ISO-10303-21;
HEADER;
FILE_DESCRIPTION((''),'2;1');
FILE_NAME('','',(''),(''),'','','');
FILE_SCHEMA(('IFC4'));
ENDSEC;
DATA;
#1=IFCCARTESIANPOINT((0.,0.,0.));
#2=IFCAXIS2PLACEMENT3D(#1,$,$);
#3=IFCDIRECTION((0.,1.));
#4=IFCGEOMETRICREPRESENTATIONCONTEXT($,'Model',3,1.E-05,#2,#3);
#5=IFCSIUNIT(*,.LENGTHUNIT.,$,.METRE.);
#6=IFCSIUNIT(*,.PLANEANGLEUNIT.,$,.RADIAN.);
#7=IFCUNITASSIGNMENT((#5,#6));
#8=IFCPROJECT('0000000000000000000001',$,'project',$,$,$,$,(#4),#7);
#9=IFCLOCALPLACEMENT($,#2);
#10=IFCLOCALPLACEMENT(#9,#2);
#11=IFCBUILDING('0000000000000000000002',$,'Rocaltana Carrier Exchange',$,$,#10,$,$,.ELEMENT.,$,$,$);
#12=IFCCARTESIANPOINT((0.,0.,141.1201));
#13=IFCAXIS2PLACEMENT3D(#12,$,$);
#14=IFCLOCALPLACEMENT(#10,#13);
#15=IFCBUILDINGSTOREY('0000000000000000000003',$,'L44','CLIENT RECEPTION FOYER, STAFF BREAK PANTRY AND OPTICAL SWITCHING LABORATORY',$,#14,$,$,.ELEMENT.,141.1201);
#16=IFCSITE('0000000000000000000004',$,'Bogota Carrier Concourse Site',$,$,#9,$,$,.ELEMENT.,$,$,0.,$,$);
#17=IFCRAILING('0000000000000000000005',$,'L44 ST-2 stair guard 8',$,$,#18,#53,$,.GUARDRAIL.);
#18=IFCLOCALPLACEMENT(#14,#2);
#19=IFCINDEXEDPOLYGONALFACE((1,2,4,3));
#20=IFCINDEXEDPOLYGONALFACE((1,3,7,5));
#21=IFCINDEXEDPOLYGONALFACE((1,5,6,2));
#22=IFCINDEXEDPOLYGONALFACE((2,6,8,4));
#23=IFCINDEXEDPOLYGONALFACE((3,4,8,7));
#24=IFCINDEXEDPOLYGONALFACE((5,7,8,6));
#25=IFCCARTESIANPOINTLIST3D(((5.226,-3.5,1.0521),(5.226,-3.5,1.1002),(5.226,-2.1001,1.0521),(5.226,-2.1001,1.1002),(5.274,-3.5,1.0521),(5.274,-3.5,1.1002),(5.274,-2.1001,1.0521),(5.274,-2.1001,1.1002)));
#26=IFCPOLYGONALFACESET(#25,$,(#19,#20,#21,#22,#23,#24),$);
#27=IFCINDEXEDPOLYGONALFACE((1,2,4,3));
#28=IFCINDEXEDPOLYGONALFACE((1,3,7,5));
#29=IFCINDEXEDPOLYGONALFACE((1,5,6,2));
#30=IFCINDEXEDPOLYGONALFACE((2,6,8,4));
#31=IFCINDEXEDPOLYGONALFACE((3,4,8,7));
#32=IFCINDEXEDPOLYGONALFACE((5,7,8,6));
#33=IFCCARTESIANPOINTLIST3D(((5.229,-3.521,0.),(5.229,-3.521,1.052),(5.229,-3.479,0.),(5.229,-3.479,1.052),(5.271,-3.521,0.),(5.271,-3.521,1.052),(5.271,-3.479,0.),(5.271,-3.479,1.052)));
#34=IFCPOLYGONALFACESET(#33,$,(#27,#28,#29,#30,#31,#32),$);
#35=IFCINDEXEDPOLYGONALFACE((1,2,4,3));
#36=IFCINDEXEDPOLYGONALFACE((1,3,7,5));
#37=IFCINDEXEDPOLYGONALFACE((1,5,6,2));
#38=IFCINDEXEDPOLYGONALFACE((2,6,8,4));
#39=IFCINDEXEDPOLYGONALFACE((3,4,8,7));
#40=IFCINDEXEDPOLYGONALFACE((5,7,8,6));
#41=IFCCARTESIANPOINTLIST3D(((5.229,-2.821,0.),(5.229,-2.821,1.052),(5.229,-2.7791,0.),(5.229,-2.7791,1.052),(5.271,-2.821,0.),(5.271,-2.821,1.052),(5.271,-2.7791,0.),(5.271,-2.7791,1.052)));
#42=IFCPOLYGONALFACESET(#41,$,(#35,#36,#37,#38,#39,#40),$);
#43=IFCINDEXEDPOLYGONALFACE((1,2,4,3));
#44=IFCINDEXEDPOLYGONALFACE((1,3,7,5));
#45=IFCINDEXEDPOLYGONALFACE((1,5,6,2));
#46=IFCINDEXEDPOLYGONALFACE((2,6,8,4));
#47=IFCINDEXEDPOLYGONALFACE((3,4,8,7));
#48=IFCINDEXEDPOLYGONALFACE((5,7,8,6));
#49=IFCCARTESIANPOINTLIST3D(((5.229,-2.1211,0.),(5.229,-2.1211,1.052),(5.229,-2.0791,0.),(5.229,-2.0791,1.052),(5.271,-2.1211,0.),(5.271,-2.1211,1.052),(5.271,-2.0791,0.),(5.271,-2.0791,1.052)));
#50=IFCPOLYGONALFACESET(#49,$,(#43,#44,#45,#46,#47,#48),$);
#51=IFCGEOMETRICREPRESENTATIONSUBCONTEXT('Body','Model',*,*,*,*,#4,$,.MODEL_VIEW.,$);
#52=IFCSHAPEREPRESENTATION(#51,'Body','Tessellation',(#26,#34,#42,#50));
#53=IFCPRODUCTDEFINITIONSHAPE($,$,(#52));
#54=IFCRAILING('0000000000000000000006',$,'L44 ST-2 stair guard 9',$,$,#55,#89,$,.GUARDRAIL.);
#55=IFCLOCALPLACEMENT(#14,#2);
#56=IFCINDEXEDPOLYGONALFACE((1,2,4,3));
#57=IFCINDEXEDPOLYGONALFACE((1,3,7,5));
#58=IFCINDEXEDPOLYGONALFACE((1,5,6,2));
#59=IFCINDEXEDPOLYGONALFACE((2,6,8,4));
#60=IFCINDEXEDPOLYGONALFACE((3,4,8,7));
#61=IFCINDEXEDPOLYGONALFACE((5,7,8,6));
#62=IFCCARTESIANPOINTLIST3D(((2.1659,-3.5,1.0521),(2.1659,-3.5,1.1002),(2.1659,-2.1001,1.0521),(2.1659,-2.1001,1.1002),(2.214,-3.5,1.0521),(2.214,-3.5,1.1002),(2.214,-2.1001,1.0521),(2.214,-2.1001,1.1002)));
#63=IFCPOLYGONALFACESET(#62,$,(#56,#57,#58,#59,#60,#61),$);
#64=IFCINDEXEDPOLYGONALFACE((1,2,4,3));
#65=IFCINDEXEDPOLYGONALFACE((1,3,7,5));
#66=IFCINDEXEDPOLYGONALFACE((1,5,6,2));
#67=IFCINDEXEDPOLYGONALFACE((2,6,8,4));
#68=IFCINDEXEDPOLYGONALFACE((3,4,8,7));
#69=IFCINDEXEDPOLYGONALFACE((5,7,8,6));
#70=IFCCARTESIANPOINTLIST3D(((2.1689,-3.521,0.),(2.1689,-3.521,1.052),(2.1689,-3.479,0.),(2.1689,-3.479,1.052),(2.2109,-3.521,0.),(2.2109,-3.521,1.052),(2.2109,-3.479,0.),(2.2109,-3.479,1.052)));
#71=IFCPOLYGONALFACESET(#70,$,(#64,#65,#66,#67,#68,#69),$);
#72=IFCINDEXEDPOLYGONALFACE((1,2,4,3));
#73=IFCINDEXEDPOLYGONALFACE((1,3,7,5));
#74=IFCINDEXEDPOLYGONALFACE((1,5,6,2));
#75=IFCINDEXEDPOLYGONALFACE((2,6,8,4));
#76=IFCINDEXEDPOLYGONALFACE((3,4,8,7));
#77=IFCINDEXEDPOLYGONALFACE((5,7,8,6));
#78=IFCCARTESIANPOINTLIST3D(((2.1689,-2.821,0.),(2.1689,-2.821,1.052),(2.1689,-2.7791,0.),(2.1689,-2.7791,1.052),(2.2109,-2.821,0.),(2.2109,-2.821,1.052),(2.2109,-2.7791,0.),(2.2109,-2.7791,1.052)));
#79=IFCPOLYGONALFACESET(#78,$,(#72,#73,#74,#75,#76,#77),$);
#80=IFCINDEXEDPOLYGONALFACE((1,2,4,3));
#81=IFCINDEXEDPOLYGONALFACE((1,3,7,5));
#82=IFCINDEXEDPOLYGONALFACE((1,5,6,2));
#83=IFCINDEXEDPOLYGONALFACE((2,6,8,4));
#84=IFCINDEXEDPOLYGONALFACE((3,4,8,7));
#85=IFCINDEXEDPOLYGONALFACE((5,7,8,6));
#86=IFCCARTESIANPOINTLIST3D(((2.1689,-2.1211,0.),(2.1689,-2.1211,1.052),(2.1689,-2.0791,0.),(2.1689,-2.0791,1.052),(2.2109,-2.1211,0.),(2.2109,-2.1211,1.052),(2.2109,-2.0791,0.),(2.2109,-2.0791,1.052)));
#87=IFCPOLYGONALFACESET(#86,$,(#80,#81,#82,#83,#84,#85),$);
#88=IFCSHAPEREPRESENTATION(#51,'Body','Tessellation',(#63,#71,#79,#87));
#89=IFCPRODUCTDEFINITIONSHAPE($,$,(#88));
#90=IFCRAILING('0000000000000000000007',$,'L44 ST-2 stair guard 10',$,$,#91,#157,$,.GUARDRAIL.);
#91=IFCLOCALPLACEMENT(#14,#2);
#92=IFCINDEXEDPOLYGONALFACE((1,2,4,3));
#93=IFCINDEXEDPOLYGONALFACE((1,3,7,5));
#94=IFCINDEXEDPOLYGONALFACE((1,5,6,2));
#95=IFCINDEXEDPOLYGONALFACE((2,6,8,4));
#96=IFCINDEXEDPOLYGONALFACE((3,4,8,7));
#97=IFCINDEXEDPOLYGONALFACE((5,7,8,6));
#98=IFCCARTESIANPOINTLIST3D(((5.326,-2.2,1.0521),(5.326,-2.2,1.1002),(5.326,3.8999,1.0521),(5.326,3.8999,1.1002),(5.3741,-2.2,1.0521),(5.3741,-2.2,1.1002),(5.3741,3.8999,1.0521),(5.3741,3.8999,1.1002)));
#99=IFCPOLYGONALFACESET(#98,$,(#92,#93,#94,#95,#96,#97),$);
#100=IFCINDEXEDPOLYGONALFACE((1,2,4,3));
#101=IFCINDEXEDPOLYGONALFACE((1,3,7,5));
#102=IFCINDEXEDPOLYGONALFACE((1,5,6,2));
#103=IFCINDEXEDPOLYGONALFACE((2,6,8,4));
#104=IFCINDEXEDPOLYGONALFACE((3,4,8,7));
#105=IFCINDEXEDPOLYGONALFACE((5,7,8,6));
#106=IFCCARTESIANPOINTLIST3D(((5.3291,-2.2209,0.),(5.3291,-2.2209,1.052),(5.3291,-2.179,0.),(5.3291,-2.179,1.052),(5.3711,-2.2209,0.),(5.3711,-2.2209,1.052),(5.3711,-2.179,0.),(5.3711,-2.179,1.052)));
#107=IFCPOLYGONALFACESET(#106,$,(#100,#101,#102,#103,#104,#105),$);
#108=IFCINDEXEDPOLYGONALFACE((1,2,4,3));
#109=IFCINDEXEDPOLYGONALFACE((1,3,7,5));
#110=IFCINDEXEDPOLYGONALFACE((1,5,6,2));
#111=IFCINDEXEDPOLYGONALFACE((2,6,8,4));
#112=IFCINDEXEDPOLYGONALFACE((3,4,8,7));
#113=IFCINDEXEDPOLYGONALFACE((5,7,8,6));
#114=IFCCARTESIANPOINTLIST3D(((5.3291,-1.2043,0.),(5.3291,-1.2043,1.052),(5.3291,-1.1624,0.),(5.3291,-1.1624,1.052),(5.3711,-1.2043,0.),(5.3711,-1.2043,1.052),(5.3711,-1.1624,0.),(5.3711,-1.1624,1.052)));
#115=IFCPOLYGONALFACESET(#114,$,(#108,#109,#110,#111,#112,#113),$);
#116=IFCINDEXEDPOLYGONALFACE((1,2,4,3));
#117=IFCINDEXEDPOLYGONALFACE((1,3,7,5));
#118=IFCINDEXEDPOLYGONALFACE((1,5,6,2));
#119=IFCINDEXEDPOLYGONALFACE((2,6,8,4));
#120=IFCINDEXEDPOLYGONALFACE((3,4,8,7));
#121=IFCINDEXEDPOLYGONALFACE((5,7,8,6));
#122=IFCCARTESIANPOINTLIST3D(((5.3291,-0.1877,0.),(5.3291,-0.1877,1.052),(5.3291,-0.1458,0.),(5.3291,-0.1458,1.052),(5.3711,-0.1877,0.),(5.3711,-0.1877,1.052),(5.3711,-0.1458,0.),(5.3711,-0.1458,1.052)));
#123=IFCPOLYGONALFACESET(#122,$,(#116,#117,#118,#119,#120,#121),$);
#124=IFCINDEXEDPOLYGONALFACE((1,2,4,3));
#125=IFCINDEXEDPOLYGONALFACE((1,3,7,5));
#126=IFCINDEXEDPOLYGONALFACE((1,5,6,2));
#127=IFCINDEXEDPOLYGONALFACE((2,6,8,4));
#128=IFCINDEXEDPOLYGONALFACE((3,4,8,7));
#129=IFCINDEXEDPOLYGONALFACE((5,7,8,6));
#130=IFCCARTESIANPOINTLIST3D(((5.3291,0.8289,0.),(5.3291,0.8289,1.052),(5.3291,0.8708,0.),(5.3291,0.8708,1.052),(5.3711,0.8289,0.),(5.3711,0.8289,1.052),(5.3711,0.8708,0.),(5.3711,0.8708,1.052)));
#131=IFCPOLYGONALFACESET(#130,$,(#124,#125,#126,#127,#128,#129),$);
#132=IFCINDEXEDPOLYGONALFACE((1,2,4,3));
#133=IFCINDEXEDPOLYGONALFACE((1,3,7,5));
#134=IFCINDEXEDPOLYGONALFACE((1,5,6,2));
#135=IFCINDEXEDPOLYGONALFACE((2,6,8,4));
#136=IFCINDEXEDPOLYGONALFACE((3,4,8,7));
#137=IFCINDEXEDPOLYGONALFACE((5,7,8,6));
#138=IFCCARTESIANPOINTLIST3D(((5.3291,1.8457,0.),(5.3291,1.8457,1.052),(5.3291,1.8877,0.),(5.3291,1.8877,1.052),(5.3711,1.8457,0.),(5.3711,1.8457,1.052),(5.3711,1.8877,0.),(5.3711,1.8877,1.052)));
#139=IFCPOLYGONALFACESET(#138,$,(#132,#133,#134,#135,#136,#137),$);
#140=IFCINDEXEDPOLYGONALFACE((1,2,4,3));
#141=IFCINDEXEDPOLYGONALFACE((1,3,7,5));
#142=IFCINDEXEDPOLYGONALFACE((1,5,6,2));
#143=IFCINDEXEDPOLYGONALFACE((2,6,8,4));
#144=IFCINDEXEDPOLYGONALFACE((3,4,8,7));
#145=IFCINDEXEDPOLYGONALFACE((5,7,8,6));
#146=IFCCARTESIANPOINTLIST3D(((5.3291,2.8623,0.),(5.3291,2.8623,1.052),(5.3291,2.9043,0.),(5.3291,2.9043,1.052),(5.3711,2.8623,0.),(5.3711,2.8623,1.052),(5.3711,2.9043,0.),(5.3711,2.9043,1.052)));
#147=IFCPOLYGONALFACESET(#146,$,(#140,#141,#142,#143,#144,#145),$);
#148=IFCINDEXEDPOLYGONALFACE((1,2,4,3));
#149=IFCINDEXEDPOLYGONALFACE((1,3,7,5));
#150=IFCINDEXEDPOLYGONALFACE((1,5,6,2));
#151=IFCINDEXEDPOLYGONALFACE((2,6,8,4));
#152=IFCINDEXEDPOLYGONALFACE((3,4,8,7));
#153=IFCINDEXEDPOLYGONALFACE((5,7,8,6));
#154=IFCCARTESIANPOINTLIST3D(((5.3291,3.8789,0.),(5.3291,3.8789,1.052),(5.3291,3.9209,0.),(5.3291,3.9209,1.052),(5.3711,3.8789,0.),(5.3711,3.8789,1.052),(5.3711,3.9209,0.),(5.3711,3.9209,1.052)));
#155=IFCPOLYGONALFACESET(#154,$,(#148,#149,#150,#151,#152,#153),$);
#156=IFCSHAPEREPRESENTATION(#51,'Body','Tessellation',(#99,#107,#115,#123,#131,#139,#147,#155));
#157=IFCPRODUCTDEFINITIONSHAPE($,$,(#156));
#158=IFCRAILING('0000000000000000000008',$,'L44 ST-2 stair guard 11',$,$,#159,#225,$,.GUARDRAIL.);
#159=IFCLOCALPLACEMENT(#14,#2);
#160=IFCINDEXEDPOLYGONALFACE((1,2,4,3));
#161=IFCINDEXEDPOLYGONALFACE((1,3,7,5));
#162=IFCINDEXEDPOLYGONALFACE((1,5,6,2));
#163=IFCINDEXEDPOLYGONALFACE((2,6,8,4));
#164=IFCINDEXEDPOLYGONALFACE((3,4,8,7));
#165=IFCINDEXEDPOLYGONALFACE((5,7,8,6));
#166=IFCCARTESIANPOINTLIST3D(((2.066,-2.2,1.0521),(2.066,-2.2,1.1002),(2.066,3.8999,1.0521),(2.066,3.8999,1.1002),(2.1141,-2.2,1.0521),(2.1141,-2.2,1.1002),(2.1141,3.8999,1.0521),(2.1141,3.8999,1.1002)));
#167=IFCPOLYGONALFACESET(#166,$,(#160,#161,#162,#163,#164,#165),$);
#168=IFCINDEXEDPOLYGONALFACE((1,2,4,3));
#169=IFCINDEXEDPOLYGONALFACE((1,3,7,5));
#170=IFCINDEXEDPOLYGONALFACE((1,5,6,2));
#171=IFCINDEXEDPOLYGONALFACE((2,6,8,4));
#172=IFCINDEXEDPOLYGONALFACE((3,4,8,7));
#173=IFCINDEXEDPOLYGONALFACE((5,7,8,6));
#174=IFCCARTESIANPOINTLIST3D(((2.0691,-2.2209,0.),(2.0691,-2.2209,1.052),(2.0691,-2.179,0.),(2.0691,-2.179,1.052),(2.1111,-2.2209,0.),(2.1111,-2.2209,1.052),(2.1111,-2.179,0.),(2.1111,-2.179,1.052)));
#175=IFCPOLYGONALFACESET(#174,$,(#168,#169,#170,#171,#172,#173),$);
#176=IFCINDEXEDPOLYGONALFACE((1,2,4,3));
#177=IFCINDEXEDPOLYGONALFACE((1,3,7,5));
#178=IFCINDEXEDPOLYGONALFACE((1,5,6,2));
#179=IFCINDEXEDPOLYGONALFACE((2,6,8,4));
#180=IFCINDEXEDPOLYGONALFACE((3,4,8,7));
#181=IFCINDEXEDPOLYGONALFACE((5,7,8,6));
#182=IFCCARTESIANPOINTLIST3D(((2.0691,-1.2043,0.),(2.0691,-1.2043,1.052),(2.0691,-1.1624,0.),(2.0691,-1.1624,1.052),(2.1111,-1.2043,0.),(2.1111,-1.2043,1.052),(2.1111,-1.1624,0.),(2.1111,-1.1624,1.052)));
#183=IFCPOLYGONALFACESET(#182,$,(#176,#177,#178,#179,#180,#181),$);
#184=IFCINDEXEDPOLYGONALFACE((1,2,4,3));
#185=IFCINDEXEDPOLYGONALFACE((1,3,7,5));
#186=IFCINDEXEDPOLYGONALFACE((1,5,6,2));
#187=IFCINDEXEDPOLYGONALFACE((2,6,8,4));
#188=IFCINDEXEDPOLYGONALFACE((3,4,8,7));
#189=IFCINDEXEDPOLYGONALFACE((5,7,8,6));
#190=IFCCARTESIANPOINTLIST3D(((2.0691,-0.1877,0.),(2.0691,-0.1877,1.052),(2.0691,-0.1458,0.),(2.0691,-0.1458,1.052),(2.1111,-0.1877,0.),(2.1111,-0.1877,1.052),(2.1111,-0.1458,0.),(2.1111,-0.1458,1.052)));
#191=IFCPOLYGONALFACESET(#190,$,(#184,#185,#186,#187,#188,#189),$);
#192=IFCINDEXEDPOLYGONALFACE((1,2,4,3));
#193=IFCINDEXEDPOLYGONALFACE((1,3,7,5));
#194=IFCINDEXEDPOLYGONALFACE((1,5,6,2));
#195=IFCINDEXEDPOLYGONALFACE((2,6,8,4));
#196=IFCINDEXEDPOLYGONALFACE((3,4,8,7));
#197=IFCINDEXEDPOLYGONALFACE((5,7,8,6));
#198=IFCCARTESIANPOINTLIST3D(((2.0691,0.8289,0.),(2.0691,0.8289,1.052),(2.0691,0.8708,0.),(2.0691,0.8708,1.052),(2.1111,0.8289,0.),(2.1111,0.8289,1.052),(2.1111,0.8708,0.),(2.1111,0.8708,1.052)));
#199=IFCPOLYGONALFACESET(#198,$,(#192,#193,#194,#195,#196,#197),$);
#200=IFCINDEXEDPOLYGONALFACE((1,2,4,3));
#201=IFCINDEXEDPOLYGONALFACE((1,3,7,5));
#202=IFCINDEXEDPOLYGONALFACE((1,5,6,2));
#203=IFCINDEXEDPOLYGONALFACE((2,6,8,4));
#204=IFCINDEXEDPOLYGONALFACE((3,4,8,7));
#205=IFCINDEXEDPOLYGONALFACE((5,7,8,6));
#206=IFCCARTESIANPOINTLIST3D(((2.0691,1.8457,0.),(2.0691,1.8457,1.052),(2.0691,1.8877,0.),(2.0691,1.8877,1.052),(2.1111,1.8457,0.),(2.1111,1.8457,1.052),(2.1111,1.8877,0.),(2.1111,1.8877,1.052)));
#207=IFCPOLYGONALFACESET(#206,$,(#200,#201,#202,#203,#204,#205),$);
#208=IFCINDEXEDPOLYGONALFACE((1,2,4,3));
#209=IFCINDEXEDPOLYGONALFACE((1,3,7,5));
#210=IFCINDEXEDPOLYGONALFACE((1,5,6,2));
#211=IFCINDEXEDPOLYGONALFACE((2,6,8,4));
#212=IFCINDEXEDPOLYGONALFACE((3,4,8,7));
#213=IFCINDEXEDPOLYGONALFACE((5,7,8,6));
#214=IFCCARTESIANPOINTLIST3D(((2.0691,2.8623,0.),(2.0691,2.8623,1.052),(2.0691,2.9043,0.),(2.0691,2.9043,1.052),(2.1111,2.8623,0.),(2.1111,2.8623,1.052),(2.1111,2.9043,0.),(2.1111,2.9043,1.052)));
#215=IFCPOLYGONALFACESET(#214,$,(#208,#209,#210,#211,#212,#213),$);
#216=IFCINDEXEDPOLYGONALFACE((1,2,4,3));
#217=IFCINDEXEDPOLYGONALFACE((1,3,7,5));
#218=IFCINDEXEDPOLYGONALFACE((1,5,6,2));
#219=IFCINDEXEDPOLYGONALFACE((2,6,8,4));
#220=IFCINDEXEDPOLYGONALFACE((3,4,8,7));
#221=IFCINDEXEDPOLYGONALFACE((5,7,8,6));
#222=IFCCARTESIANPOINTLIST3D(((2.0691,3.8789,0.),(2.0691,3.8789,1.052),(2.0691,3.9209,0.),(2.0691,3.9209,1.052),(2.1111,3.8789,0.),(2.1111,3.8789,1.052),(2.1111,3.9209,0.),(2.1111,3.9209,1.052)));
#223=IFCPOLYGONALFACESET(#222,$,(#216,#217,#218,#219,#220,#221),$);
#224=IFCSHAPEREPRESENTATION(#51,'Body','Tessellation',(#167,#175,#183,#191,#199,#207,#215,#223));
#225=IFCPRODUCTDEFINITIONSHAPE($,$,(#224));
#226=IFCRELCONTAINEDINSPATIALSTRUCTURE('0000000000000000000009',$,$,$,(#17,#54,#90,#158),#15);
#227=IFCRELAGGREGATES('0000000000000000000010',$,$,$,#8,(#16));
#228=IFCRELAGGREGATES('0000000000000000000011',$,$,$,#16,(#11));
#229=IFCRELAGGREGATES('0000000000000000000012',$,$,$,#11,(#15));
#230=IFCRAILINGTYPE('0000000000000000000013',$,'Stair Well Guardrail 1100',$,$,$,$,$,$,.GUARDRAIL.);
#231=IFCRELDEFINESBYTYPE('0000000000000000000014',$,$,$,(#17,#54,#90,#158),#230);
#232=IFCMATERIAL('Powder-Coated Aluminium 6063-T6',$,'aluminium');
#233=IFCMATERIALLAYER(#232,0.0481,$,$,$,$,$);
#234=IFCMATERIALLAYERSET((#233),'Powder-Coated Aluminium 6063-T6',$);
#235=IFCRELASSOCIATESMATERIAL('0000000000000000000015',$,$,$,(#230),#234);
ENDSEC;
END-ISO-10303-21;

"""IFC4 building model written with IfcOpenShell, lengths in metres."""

from ifc_helpers import new_model, si_unit, direction, frame, origin, origin_2d, place, context, subcontext, project, spatial, rectangle, extrude, material, layer, layer_set, type_object, element, save


model = new_model("IFC4")

# Units and contexts
model_context = context("Model", 3, precision=1e-05, world=origin(), true_north=direction((0.0, 1.0)))
body_context = subcontext(model_context, "Body", "Model", "MODEL_VIEW")
ifc_project = project(units=[si_unit("LENGTHUNIT", "METRE"), si_unit("PLANEANGLEUNIT", "RADIAN")], contexts=[model_context])

# Site, building, storey
site_placement = place(None, origin())
site = spatial("IfcSite", under=ifc_project, at=site_placement, Name="Bogota Carrier Concourse Site", CompositionType="ELEMENT", RefElevation=0.0)
building_placement = place(site_placement, origin())
building = spatial("IfcBuilding", under=site, at=building_placement, Name="Rocaltana Carrier Exchange", CompositionType="ELEMENT")
storey_placement = place(building_placement, frame((0.0, 0.0, 141.1201)))
storey = spatial("IfcBuildingStorey", under=building, at=storey_placement, Name="L44", Description="CLIENT RECEPTION FOYER, STAFF BREAK PANTRY AND OPTICAL SWITCHING LABORATORY", CompositionType="ELEMENT", Elevation=141.1201)

# Railings
ifc_material_1 = material(Name="Powder-Coated Aluminium 6063-T6", Category="aluminium")
ifc_layer_1 = layer(ifc_material_1, 0.0481)
ifc_layer_set_1 = layer_set([ifc_layer_1], Name="Powder-Coated Aluminium 6063-T6")
railing_type_1 = type_object("IfcRailingType", Name="Stair Well Guardrail 1100", PredefinedType="GUARDRAIL", material=ifc_layer_set_1)
for number, where, name in (
    (1, (5.25, -3.5, 0.0), "L44 ST-2 stair guard 8"),
    (2, (2.1899, -3.5, 0.0), "L44 ST-2 stair guard 9"),
):
    element("IfcRailing", number, at=place(storey_placement, frame(where)), inside=storey, type_object=railing_type_1, Name=name, PredefinedType="GUARDRAIL", context=body_context, shape_type="SweptSolid", body=[
        extrude(rectangle(XDim=0.0481, YDim=0.0481, at=origin_2d()), frame((0.0, 0.0, 1.0762), z_axis=(0.0, 1.0, 0.0), x_axis=(-1.0, 0.0, 0.0)), (0.0, 0.0, 1.0), 1.3999),
        extrude(rectangle(XDim=0.042, YDim=0.042, at=origin_2d()), origin(), (0.0, 0.0, 1.0), 1.052),
        extrude(rectangle(XDim=0.042, YDim=0.042, at=origin_2d()), frame((0.0, 0.7, 0.0)), (0.0, 0.0, 1.0), 1.052),
        extrude(rectangle(XDim=0.042, YDim=0.042, at=origin_2d()), frame((0.0, 1.3999, 0.0)), (0.0, 0.0, 1.0), 1.052),
    ])
for number, where, name in (
    (3, (5.3501, -2.2, 0.0), "L44 ST-2 stair guard 10"),
    (4, (2.0901, -2.2, 0.0), "L44 ST-2 stair guard 11"),
):
    element("IfcRailing", number, at=place(storey_placement, frame(where)), inside=storey, type_object=railing_type_1, Name=name, PredefinedType="GUARDRAIL", context=body_context, shape_type="SweptSolid", body=[
        extrude(rectangle(XDim=0.0481, YDim=0.0481, at=origin_2d()), frame((0.0, 0.0, 1.0762), z_axis=(0.0, 1.0, 0.0), x_axis=(-1.0, 0.0, 0.0)), (0.0, 0.0, 1.0), 6.0999),
        extrude(rectangle(XDim=0.042, YDim=0.042, at=origin_2d()), origin(), (0.0, 0.0, 1.0), 1.052),
        extrude(rectangle(XDim=0.042, YDim=0.042, at=origin_2d()), frame((0.0, 1.0166, 0.0)), (0.0, 0.0, 1.0), 1.052),
        extrude(rectangle(XDim=0.042, YDim=0.042, at=origin_2d()), frame((0.0, 2.0332, 0.0)), (0.0, 0.0, 1.0), 1.052),
        extrude(rectangle(XDim=0.042, YDim=0.042, at=origin_2d()), frame((0.0, 3.0498, 0.0)), (0.0, 0.0, 1.0), 1.052),
        extrude(rectangle(XDim=0.042, YDim=0.042, at=origin_2d()), frame((0.0, 4.0667, 0.0)), (0.0, 0.0, 1.0), 1.052),
        extrude(rectangle(XDim=0.042, YDim=0.042, at=origin_2d()), frame((0.0, 5.0833, 0.0)), (0.0, 0.0, 1.0), 1.052),
        extrude(rectangle(XDim=0.042, YDim=0.042, at=origin_2d()), frame((0.0, 6.0999, 0.0)), (0.0, 0.0, 1.0), 1.052),
    ])

save(model, "model.ifc")
